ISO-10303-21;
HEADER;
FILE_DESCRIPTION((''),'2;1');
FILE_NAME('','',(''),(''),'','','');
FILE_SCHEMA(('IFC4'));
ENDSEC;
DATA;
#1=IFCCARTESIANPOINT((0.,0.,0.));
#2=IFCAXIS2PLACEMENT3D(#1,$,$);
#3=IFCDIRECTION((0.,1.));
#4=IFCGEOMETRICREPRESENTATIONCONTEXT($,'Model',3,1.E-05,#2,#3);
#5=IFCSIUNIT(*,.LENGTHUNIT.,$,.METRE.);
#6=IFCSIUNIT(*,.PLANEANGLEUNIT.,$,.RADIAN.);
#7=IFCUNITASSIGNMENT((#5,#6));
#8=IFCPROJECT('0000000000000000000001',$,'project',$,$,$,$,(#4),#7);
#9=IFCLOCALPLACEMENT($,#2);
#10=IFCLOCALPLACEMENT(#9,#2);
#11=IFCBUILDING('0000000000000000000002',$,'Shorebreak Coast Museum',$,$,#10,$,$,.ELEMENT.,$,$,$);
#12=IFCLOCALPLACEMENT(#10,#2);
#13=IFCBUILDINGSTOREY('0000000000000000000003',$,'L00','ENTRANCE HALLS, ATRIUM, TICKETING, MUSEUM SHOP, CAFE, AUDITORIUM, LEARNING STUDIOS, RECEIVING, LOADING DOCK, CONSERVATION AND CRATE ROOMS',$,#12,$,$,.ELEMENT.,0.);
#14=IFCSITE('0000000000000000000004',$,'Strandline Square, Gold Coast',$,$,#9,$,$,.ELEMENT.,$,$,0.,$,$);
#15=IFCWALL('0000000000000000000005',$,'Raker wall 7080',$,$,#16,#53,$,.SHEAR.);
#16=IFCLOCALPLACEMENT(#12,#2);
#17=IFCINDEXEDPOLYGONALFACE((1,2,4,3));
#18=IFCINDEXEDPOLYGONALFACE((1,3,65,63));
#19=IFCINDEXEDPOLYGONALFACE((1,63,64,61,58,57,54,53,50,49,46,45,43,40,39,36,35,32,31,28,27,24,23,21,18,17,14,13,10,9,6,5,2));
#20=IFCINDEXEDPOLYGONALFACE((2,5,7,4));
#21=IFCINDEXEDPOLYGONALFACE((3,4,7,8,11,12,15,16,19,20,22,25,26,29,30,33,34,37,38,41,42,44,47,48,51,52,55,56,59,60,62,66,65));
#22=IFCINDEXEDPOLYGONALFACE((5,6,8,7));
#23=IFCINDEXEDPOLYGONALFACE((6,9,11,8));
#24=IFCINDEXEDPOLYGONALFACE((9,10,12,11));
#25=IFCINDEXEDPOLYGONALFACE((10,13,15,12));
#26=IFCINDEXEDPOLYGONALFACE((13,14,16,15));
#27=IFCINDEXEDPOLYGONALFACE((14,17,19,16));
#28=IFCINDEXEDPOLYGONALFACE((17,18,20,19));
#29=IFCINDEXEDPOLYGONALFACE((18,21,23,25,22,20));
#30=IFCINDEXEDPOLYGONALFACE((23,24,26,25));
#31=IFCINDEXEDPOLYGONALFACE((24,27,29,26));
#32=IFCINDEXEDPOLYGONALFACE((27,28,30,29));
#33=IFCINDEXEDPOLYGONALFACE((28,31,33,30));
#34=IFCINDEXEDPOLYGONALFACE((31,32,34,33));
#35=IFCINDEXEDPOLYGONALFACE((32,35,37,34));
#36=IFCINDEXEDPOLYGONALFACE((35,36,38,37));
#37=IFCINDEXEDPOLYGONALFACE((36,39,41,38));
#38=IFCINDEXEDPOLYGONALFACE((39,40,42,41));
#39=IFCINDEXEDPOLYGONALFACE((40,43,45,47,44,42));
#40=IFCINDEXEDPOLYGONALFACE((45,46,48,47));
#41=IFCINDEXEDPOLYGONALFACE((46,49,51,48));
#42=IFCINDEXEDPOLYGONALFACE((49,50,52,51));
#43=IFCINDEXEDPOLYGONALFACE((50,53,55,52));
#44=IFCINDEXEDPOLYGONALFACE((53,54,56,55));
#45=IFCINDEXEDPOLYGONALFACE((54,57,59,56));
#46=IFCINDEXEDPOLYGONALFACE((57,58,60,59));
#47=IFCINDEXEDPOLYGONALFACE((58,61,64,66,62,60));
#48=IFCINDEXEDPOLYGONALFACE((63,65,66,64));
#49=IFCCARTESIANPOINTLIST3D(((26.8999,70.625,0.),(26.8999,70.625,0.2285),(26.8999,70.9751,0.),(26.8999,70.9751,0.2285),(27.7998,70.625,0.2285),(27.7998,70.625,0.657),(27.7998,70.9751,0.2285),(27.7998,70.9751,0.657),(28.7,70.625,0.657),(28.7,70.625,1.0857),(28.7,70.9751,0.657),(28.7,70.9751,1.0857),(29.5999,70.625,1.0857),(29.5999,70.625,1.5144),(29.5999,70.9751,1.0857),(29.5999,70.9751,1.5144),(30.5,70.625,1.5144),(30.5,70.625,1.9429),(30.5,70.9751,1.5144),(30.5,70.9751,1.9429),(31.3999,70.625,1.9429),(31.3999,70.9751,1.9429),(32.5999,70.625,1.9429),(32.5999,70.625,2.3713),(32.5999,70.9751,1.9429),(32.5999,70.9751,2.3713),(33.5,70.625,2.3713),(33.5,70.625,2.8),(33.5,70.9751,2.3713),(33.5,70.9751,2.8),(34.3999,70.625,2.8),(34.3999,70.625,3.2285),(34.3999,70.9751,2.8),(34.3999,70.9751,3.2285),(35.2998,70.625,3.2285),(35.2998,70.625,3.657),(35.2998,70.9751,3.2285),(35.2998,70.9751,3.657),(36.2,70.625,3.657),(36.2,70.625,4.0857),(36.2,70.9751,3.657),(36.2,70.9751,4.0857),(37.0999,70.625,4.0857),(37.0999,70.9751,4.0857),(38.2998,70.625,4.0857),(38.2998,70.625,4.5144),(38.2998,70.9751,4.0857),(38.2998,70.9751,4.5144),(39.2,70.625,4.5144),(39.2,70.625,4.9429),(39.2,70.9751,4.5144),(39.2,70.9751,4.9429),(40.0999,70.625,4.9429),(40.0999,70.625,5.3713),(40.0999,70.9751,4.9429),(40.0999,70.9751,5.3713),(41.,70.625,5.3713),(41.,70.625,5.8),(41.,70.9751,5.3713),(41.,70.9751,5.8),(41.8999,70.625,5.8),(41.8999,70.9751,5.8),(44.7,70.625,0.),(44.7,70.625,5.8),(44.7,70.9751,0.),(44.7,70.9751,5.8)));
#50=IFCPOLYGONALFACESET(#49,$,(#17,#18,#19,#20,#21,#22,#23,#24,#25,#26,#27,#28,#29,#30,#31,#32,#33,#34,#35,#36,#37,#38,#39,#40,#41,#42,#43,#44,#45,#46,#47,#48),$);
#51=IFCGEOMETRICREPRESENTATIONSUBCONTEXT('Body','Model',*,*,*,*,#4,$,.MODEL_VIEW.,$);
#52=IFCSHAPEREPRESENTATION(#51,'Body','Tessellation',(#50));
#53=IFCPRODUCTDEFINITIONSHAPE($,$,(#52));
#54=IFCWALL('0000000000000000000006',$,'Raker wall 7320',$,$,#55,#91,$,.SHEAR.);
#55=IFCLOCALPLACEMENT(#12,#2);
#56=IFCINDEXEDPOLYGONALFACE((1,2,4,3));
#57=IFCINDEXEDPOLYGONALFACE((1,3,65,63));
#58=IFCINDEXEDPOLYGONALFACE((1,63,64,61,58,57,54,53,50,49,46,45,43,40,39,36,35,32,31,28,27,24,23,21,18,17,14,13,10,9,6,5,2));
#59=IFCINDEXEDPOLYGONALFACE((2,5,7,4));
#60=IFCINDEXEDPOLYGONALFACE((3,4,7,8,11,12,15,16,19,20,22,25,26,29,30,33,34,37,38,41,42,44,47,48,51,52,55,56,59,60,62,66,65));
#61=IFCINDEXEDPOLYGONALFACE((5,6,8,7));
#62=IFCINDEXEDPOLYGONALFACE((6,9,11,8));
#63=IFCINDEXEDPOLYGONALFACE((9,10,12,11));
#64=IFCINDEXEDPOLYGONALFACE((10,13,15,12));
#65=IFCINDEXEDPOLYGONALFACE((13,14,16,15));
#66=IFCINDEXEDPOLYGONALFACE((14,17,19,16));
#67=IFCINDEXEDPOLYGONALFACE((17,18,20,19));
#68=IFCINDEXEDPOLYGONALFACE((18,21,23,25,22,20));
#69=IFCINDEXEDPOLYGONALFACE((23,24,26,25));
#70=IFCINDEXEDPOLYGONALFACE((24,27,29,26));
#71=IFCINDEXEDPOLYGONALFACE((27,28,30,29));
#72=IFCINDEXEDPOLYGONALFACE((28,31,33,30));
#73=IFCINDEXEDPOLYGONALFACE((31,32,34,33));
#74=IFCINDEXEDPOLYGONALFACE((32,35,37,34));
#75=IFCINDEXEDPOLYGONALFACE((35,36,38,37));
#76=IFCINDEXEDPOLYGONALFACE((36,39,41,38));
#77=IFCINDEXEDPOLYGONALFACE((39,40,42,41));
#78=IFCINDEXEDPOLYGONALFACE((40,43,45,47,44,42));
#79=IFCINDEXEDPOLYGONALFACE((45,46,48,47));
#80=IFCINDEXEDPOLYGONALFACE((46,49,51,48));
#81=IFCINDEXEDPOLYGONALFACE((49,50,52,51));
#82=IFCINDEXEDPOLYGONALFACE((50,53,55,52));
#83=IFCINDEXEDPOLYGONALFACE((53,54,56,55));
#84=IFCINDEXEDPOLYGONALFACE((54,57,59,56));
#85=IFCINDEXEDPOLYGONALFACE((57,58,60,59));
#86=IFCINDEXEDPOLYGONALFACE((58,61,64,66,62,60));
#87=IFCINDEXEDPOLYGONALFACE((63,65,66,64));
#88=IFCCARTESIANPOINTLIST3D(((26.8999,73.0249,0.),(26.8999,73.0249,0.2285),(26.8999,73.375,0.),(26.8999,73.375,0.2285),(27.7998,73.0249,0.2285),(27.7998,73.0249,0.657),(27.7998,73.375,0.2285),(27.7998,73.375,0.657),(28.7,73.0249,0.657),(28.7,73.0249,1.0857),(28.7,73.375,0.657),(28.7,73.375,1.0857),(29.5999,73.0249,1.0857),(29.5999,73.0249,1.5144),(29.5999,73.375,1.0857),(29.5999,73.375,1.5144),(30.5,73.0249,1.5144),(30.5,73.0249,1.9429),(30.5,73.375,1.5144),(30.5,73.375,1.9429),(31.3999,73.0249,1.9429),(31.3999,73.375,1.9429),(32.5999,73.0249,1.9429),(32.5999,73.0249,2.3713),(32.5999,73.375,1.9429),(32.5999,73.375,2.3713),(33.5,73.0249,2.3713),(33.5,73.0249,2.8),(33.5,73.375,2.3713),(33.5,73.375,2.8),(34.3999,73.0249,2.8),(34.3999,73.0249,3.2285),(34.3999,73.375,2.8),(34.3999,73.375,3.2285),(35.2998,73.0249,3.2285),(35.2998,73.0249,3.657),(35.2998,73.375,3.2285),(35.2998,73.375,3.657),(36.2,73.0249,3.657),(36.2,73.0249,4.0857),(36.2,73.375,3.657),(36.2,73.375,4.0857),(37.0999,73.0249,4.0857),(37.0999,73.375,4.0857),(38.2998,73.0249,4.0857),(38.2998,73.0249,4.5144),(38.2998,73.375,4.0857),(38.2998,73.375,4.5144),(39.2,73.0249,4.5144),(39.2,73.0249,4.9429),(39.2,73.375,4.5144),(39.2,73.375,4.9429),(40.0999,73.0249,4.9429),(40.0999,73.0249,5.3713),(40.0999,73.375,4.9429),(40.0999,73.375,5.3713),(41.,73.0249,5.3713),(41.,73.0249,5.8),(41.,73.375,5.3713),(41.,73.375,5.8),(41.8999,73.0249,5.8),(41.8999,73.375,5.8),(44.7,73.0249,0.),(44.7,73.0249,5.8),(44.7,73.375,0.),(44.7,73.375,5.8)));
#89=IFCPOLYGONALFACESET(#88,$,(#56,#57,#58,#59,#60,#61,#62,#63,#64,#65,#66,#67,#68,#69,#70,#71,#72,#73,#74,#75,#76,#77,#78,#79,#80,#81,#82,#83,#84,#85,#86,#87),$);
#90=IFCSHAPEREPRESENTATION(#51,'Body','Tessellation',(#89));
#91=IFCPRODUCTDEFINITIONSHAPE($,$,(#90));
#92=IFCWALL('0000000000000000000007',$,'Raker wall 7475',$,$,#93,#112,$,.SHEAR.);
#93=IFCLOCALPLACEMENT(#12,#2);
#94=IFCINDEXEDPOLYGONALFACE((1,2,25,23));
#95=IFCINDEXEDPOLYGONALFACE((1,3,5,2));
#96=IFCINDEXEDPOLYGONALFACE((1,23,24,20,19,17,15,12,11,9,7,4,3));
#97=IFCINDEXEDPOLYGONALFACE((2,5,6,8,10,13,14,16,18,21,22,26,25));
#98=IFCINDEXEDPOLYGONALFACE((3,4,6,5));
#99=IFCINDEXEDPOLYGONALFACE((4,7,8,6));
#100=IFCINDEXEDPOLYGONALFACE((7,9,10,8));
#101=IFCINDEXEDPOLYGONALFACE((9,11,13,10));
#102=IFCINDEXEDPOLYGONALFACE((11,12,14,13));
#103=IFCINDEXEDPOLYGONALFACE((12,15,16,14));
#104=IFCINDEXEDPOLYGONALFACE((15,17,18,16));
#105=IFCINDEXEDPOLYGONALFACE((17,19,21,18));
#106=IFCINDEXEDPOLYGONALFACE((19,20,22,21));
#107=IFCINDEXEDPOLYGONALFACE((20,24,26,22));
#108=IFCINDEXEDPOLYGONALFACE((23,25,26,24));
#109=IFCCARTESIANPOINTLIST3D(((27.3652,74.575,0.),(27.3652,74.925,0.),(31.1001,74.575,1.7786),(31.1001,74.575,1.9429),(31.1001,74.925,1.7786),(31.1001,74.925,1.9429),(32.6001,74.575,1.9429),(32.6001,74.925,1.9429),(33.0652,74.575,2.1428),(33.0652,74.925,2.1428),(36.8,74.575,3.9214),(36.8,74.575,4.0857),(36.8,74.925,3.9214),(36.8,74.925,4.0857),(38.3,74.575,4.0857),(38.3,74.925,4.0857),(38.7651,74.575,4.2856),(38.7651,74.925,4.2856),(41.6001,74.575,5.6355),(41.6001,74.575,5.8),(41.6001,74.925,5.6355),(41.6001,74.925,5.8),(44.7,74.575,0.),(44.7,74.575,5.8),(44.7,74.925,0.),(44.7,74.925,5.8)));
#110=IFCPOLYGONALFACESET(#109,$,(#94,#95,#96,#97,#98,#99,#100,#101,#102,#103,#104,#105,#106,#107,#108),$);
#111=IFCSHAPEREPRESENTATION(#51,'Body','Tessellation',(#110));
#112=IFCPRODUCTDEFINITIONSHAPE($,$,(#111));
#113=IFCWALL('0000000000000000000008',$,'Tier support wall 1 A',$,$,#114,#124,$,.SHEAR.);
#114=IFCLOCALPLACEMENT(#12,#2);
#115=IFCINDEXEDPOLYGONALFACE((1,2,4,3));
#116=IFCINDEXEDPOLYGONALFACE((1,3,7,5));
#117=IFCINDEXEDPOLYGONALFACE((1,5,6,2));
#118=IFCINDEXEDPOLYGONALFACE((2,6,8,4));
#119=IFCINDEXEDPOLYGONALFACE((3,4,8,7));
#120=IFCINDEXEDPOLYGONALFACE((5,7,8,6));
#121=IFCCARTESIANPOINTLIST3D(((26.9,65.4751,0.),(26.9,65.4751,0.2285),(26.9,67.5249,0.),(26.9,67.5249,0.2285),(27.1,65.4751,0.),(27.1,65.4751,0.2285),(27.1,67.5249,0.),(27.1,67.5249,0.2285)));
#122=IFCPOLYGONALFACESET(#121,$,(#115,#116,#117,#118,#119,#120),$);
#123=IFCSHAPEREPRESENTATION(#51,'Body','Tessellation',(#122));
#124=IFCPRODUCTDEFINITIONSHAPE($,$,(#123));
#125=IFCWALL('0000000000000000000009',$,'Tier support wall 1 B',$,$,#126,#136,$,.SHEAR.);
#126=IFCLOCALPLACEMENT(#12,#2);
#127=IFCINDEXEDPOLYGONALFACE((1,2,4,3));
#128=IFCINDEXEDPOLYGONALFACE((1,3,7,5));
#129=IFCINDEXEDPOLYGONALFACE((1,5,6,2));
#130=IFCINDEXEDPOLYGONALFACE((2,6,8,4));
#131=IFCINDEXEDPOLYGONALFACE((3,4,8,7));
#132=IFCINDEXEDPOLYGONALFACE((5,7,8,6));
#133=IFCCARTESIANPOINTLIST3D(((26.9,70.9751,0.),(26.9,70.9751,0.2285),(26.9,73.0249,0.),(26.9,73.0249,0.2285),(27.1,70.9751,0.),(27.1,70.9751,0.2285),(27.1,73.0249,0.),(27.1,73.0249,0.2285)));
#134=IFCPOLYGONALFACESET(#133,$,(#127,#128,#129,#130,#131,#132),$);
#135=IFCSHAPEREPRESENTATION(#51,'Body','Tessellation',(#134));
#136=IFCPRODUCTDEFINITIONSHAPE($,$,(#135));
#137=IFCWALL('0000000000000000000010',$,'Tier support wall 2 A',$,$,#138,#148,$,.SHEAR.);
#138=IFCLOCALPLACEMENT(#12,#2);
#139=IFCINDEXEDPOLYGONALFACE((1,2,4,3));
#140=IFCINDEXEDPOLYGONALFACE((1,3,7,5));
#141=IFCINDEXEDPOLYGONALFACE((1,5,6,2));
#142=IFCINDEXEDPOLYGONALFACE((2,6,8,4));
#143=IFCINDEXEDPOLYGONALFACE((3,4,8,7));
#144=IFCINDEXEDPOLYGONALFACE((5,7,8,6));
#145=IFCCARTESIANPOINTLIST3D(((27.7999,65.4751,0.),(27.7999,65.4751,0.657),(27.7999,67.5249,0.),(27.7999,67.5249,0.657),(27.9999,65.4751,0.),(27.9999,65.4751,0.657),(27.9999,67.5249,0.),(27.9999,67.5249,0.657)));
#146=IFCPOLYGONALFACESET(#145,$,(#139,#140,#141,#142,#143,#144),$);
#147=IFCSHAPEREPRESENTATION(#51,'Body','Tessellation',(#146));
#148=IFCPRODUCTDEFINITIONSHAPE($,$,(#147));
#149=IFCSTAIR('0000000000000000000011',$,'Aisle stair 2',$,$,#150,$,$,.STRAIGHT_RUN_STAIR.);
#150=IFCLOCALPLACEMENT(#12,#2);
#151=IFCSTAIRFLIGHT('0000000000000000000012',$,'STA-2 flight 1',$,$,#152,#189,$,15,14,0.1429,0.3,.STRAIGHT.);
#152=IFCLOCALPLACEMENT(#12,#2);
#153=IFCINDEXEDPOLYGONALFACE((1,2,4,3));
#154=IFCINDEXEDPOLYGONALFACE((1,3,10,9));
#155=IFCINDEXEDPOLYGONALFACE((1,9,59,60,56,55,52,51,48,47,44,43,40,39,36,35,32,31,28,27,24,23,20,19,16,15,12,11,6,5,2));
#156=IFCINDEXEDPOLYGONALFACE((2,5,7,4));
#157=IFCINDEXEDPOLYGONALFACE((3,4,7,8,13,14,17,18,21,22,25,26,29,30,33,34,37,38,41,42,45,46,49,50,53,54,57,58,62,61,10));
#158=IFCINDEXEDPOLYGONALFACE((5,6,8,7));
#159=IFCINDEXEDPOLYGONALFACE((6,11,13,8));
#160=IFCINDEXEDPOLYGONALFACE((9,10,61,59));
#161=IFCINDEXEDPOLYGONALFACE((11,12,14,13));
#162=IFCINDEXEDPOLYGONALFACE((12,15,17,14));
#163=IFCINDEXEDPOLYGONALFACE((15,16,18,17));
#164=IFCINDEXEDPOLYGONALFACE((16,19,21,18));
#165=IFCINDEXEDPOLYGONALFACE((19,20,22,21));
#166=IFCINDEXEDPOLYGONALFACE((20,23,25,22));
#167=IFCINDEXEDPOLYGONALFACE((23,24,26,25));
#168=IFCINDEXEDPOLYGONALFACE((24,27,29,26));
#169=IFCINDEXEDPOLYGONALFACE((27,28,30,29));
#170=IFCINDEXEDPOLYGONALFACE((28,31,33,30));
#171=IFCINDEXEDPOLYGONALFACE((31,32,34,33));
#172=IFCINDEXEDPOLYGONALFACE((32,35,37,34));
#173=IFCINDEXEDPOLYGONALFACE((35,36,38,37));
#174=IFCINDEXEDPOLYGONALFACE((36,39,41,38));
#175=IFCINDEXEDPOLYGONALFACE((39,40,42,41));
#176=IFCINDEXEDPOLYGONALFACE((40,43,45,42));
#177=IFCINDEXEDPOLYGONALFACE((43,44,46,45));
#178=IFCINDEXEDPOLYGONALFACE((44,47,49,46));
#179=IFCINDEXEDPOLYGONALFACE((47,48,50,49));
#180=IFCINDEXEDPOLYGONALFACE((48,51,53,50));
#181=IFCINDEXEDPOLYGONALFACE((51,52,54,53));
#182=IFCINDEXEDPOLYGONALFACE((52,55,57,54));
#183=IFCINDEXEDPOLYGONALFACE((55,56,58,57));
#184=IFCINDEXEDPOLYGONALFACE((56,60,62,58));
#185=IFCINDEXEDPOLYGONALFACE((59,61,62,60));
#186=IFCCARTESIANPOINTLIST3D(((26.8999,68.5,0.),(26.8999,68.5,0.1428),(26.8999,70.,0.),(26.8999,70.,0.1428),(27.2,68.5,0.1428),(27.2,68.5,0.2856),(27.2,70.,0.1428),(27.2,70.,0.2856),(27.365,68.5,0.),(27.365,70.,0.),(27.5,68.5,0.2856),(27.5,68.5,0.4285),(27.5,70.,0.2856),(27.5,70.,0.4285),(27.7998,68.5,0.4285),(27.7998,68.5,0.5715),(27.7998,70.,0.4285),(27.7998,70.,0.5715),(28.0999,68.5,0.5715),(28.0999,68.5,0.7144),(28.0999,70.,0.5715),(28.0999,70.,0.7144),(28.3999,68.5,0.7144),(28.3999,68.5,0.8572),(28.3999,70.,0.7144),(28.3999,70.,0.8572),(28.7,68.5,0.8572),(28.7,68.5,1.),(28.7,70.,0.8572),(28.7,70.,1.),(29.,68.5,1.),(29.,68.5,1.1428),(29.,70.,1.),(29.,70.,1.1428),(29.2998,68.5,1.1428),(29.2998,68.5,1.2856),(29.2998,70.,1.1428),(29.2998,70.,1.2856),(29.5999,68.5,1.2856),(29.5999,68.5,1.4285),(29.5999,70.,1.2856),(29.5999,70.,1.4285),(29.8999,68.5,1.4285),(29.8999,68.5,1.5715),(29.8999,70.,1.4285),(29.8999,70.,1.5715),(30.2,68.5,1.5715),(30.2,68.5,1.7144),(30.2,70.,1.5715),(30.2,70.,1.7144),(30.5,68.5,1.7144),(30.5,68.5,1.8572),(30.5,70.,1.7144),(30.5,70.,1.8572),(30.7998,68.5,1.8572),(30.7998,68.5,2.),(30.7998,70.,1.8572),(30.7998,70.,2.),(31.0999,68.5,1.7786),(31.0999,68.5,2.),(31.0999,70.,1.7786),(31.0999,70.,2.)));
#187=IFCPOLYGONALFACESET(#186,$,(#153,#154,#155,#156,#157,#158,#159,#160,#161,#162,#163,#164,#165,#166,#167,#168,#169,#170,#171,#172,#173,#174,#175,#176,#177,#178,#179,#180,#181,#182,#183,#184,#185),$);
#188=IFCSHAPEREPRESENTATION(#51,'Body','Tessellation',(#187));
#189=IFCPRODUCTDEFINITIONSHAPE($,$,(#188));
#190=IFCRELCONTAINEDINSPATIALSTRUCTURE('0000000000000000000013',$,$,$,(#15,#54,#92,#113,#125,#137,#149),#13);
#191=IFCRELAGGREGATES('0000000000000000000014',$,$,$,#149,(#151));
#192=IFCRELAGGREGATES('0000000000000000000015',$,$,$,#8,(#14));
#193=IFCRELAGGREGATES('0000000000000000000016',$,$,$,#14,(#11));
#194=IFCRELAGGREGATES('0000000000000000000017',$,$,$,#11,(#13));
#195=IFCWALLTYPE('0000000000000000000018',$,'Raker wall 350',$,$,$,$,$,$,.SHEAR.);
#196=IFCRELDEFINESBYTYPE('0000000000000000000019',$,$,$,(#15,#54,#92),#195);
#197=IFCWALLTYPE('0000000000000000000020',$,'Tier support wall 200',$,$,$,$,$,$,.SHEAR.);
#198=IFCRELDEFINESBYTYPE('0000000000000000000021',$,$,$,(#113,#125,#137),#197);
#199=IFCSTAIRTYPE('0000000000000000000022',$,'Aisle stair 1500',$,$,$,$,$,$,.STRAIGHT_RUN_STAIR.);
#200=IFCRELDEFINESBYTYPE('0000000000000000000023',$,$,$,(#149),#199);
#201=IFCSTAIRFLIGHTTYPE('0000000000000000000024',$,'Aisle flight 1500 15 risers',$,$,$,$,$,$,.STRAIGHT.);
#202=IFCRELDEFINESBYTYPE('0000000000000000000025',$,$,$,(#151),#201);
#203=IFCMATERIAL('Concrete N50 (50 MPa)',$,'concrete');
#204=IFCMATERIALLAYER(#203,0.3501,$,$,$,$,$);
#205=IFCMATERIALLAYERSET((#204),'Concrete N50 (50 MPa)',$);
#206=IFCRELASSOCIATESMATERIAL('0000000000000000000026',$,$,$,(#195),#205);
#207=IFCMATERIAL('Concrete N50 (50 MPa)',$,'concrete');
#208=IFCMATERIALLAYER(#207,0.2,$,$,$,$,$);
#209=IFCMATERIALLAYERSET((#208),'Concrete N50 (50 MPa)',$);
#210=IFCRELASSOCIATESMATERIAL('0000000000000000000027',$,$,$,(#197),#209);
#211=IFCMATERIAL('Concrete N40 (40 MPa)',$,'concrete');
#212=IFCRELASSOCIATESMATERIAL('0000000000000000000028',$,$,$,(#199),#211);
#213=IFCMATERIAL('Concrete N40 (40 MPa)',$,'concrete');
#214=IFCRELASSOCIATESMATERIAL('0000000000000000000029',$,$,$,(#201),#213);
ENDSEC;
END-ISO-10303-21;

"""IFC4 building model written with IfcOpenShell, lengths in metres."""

from ifc_helpers import new_model, si_unit, direction, frame, frame_2d, origin, place, context, subcontext, project, spatial, polyline, rectangle, outline, extrude, material, layer, layer_set, type_object, element, aggregate, save


model = new_model("IFC4")

# Units and contexts
model_context = context("Model", 3, precision=1e-05, world=origin(), true_north=direction((0.0, 1.0)))
body_context = subcontext(model_context, "Body", "Model", "MODEL_VIEW")
ifc_project = project(units=[si_unit("LENGTHUNIT", "METRE"), si_unit("PLANEANGLEUNIT", "RADIAN")], contexts=[model_context])

# Site, building, storey
site_placement = place(None, origin())
site = spatial("IfcSite", under=ifc_project, at=site_placement, Name="Strandline Square, Gold Coast", CompositionType="ELEMENT", RefElevation=0.0)
building_placement = place(site_placement, origin())
building = spatial("IfcBuilding", under=site, at=building_placement, Name="Shorebreak Coast Museum", CompositionType="ELEMENT")
storey_placement = place(building_placement, origin())
storey = spatial("IfcBuildingStorey", under=building, at=storey_placement, Name="L00", Description="ENTRANCE HALLS, ATRIUM, TICKETING, MUSEUM SHOP, CAFE, AUDITORIUM, LEARNING STUDIOS, RECEIVING, LOADING DOCK, CONSERVATION AND CRATE ROOMS", CompositionType="ELEMENT", Elevation=0.0)

# Walls
ifc_material_1 = material(Name="Concrete N50 (50 MPa)", Category="concrete")
ifc_layer_1 = layer(ifc_material_1, 0.3501)
ifc_layer_set_1 = layer_set([ifc_layer_1], Name="Concrete N50 (50 MPa)")
wall_type_1 = type_object("IfcWallType", Name="Raker wall 350", PredefinedType="SHEAR", material=ifc_layer_set_1)
for number, where, z_axis, x_axis, name in (
    (1, (26.8999, 70.8, 0.0), (0.0, 0.0, 1.0), (1.0, 0.0, 0.0), "Raker wall 7080"),
    (2, (26.8999, 73.2, 0.0), (0.0, 0.0, 1.0), (1.0, 0.0, 0.0), "Raker wall 7320"),
):
    element("IfcWall", number, at=place(storey_placement, frame(where, z_axis=z_axis, x_axis=x_axis)), inside=storey, type_object=wall_type_1, Name=name, PredefinedType="SHEAR", context=body_context, shape_type="SweptSolid", body=[
        extrude(outline(polyline([(0.0, 0.0), (17.8, 0.0), (17.8, 5.8), (15.0, 5.8), (14.1001, 5.8), (14.1001, 5.3713), (13.2, 5.3713), (13.2, 4.9429), (12.3, 4.9429), (12.3, 4.5144), (11.3999, 4.5144), (11.3999, 4.0857), (10.2, 4.0857), (9.3, 4.0857), (9.3, 3.657), (8.3999, 3.657), (8.3999, 3.2285), (7.5, 3.2285), (7.5, 2.8), (6.6001, 2.8), (6.6001, 2.3713), (5.7, 2.3713), (5.7, 1.9429), (4.5, 1.9429), (3.6001, 1.9429), (3.6001, 1.5144), (2.7, 1.5144), (2.7, 1.0857), (1.8, 1.0857), (1.8, 0.657), (0.8999, 0.657), (0.8999, 0.2285), (0.0, 0.2285), (0.0, 0.0)])), frame((0.0, 0.175, 0.0), z_axis=(0.0, -1.0, 0.0), x_axis=(1.0, 0.0, 0.0)), (0.0, 0.0, 1.0), 0.3501),
    ])
wall_1_placement = place(storey_placement, frame((27.3652, 74.75, 0.0), z_axis=(0.0, 0.0, 1.0), x_axis=(1.0, 0.0, 0.0)))
element("IfcWall", 3, at=wall_1_placement, inside=storey, type_object=wall_type_1, Name="Raker wall 7475", PredefinedType="SHEAR", context=body_context, shape_type="SweptSolid", body=[
    extrude(outline(polyline([(0.0, 0.0), (17.3347, 0.0), (17.3347, 5.8), (14.2349, 5.8), (14.2349, 5.6355), (11.3999, 4.2856), (10.9348, 4.0857), (9.4348, 4.0857), (9.4348, 3.9214), (5.7, 2.1428), (5.2349, 1.9429), (3.7349, 1.9429), (3.7349, 1.7786), (0.0, 0.0), (0.0, 0.0)])), frame((0.0, 0.175, 0.0), z_axis=(0.0, -1.0, 0.0), x_axis=(1.0, 0.0, 0.0)), (0.0, 0.0, 1.0), 0.3501),
])
ifc_material_2 = material(Name="Concrete N50 (50 MPa)", Category="concrete")
ifc_layer_2 = layer(ifc_material_2, 0.2)
ifc_layer_set_2 = layer_set([ifc_layer_2], Name="Concrete N50 (50 MPa)")
wall_type_2 = type_object("IfcWallType", Name="Tier support wall 200", PredefinedType="SHEAR", material=ifc_layer_set_2)
for number, where, z_axis, x_axis, name in (
    (4, (27.0, 65.4751, 0.0), (0.0, 0.0, 1.0), (0.0, 1.0, 0.0), "Tier support wall 1 A"),
    (5, (27.0, 70.9751, 0.0), (0.0, 0.0, 1.0), (0.0, 1.0, 0.0), "Tier support wall 1 B"),
):
    element("IfcWall", number, at=place(storey_placement, frame(where, z_axis=z_axis, x_axis=x_axis)), inside=storey, type_object=wall_type_2, Name=name, PredefinedType="SHEAR", context=body_context, shape_type="SweptSolid", body=[
        extrude(rectangle(XDim=2.0498, YDim=0.2, at=frame_2d((1.0249, 0.0))), origin(), (0.0, 0.0, 1.0), 0.2285),
    ])
wall_2_placement = place(storey_placement, frame((27.8999, 65.4751, 0.0), z_axis=(0.0, 0.0, 1.0), x_axis=(0.0, 1.0, 0.0)))
element("IfcWall", 6, at=wall_2_placement, inside=storey, type_object=wall_type_2, Name="Tier support wall 2 A", PredefinedType="SHEAR", context=body_context, shape_type="SweptSolid", body=[
    extrude(rectangle(XDim=2.0498, YDim=0.2, at=frame_2d((1.0249, 0.0))), origin(), (0.0, 0.0, 1.0), 0.657),
])

# Stair, stair flight
ifc_material_3 = material(Name="Concrete N40 (40 MPa)", Category="concrete")
stair_type = type_object("IfcStairType", Name="Aisle stair 1500", PredefinedType="STRAIGHT_RUN_STAIR", material=ifc_material_3)
stair_1_placement = place(storey_placement, origin())
stair_1 = element("IfcStair", 7, at=stair_1_placement, inside=storey, type_object=stair_type, Name="Aisle stair 2", PredefinedType="STRAIGHT_RUN_STAIR")
ifc_material_4 = material(Name="Concrete N40 (40 MPa)", Category="concrete")
stair_flight_type = type_object("IfcStairFlightType", Name="Aisle flight 1500 15 risers", PredefinedType="STRAIGHT", material=ifc_material_4)
stair_flight_1_placement = place(storey_placement, frame((26.8999, 69.25, 0.0), z_axis=(0.0, 0.0, 1.0), x_axis=(1.0, 0.0, 0.0)))
stair_flight_1 = element("IfcStairFlight", 8, at=stair_flight_1_placement, type_object=stair_flight_type, Name="STA-2 flight 1", NumberOfRisers=15, NumberOfTreads=14, PredefinedType="STRAIGHT", RiserHeight=0.1429, TreadLength=0.3, context=body_context, shape_type="SweptSolid", body=[
    extrude(outline(polyline([(0.0, 0.0), (0.0, 0.1428), (0.3, 0.1428), (0.3, 0.2856), (0.6001, 0.2856), (0.6001, 0.4285), (0.8999, 0.4285), (0.8999, 0.5715), (1.2, 0.5715), (1.2, 0.7144), (1.5, 0.7144), (1.5, 0.8572), (1.8, 0.8572), (1.8, 1.0), (2.1001, 1.0), (2.1001, 1.1428), (2.3999, 1.1428), (2.3999, 1.2856), (2.7, 1.2856), (2.7, 1.4285), (3.0, 1.4285), (3.0, 1.5715), (3.3, 1.5715), (3.3, 1.7144), (3.6001, 1.7144), (3.6001, 1.8572), (3.8999, 1.8572), (3.8999, 2.0), (4.2, 2.0), (4.2, 2.1428), (4.2, 1.7786), (0.4651, 0.0), (0.0, 0.0)])), frame((0.0, 0.75, 0.0), z_axis=(0.0, -1.0, 0.0), x_axis=(1.0, 0.0, 0.0)), (0.0, 0.0, 1.0), 1.5),
])
aggregate(stair_1, [stair_flight_1])

save(model, "model.ifc")
